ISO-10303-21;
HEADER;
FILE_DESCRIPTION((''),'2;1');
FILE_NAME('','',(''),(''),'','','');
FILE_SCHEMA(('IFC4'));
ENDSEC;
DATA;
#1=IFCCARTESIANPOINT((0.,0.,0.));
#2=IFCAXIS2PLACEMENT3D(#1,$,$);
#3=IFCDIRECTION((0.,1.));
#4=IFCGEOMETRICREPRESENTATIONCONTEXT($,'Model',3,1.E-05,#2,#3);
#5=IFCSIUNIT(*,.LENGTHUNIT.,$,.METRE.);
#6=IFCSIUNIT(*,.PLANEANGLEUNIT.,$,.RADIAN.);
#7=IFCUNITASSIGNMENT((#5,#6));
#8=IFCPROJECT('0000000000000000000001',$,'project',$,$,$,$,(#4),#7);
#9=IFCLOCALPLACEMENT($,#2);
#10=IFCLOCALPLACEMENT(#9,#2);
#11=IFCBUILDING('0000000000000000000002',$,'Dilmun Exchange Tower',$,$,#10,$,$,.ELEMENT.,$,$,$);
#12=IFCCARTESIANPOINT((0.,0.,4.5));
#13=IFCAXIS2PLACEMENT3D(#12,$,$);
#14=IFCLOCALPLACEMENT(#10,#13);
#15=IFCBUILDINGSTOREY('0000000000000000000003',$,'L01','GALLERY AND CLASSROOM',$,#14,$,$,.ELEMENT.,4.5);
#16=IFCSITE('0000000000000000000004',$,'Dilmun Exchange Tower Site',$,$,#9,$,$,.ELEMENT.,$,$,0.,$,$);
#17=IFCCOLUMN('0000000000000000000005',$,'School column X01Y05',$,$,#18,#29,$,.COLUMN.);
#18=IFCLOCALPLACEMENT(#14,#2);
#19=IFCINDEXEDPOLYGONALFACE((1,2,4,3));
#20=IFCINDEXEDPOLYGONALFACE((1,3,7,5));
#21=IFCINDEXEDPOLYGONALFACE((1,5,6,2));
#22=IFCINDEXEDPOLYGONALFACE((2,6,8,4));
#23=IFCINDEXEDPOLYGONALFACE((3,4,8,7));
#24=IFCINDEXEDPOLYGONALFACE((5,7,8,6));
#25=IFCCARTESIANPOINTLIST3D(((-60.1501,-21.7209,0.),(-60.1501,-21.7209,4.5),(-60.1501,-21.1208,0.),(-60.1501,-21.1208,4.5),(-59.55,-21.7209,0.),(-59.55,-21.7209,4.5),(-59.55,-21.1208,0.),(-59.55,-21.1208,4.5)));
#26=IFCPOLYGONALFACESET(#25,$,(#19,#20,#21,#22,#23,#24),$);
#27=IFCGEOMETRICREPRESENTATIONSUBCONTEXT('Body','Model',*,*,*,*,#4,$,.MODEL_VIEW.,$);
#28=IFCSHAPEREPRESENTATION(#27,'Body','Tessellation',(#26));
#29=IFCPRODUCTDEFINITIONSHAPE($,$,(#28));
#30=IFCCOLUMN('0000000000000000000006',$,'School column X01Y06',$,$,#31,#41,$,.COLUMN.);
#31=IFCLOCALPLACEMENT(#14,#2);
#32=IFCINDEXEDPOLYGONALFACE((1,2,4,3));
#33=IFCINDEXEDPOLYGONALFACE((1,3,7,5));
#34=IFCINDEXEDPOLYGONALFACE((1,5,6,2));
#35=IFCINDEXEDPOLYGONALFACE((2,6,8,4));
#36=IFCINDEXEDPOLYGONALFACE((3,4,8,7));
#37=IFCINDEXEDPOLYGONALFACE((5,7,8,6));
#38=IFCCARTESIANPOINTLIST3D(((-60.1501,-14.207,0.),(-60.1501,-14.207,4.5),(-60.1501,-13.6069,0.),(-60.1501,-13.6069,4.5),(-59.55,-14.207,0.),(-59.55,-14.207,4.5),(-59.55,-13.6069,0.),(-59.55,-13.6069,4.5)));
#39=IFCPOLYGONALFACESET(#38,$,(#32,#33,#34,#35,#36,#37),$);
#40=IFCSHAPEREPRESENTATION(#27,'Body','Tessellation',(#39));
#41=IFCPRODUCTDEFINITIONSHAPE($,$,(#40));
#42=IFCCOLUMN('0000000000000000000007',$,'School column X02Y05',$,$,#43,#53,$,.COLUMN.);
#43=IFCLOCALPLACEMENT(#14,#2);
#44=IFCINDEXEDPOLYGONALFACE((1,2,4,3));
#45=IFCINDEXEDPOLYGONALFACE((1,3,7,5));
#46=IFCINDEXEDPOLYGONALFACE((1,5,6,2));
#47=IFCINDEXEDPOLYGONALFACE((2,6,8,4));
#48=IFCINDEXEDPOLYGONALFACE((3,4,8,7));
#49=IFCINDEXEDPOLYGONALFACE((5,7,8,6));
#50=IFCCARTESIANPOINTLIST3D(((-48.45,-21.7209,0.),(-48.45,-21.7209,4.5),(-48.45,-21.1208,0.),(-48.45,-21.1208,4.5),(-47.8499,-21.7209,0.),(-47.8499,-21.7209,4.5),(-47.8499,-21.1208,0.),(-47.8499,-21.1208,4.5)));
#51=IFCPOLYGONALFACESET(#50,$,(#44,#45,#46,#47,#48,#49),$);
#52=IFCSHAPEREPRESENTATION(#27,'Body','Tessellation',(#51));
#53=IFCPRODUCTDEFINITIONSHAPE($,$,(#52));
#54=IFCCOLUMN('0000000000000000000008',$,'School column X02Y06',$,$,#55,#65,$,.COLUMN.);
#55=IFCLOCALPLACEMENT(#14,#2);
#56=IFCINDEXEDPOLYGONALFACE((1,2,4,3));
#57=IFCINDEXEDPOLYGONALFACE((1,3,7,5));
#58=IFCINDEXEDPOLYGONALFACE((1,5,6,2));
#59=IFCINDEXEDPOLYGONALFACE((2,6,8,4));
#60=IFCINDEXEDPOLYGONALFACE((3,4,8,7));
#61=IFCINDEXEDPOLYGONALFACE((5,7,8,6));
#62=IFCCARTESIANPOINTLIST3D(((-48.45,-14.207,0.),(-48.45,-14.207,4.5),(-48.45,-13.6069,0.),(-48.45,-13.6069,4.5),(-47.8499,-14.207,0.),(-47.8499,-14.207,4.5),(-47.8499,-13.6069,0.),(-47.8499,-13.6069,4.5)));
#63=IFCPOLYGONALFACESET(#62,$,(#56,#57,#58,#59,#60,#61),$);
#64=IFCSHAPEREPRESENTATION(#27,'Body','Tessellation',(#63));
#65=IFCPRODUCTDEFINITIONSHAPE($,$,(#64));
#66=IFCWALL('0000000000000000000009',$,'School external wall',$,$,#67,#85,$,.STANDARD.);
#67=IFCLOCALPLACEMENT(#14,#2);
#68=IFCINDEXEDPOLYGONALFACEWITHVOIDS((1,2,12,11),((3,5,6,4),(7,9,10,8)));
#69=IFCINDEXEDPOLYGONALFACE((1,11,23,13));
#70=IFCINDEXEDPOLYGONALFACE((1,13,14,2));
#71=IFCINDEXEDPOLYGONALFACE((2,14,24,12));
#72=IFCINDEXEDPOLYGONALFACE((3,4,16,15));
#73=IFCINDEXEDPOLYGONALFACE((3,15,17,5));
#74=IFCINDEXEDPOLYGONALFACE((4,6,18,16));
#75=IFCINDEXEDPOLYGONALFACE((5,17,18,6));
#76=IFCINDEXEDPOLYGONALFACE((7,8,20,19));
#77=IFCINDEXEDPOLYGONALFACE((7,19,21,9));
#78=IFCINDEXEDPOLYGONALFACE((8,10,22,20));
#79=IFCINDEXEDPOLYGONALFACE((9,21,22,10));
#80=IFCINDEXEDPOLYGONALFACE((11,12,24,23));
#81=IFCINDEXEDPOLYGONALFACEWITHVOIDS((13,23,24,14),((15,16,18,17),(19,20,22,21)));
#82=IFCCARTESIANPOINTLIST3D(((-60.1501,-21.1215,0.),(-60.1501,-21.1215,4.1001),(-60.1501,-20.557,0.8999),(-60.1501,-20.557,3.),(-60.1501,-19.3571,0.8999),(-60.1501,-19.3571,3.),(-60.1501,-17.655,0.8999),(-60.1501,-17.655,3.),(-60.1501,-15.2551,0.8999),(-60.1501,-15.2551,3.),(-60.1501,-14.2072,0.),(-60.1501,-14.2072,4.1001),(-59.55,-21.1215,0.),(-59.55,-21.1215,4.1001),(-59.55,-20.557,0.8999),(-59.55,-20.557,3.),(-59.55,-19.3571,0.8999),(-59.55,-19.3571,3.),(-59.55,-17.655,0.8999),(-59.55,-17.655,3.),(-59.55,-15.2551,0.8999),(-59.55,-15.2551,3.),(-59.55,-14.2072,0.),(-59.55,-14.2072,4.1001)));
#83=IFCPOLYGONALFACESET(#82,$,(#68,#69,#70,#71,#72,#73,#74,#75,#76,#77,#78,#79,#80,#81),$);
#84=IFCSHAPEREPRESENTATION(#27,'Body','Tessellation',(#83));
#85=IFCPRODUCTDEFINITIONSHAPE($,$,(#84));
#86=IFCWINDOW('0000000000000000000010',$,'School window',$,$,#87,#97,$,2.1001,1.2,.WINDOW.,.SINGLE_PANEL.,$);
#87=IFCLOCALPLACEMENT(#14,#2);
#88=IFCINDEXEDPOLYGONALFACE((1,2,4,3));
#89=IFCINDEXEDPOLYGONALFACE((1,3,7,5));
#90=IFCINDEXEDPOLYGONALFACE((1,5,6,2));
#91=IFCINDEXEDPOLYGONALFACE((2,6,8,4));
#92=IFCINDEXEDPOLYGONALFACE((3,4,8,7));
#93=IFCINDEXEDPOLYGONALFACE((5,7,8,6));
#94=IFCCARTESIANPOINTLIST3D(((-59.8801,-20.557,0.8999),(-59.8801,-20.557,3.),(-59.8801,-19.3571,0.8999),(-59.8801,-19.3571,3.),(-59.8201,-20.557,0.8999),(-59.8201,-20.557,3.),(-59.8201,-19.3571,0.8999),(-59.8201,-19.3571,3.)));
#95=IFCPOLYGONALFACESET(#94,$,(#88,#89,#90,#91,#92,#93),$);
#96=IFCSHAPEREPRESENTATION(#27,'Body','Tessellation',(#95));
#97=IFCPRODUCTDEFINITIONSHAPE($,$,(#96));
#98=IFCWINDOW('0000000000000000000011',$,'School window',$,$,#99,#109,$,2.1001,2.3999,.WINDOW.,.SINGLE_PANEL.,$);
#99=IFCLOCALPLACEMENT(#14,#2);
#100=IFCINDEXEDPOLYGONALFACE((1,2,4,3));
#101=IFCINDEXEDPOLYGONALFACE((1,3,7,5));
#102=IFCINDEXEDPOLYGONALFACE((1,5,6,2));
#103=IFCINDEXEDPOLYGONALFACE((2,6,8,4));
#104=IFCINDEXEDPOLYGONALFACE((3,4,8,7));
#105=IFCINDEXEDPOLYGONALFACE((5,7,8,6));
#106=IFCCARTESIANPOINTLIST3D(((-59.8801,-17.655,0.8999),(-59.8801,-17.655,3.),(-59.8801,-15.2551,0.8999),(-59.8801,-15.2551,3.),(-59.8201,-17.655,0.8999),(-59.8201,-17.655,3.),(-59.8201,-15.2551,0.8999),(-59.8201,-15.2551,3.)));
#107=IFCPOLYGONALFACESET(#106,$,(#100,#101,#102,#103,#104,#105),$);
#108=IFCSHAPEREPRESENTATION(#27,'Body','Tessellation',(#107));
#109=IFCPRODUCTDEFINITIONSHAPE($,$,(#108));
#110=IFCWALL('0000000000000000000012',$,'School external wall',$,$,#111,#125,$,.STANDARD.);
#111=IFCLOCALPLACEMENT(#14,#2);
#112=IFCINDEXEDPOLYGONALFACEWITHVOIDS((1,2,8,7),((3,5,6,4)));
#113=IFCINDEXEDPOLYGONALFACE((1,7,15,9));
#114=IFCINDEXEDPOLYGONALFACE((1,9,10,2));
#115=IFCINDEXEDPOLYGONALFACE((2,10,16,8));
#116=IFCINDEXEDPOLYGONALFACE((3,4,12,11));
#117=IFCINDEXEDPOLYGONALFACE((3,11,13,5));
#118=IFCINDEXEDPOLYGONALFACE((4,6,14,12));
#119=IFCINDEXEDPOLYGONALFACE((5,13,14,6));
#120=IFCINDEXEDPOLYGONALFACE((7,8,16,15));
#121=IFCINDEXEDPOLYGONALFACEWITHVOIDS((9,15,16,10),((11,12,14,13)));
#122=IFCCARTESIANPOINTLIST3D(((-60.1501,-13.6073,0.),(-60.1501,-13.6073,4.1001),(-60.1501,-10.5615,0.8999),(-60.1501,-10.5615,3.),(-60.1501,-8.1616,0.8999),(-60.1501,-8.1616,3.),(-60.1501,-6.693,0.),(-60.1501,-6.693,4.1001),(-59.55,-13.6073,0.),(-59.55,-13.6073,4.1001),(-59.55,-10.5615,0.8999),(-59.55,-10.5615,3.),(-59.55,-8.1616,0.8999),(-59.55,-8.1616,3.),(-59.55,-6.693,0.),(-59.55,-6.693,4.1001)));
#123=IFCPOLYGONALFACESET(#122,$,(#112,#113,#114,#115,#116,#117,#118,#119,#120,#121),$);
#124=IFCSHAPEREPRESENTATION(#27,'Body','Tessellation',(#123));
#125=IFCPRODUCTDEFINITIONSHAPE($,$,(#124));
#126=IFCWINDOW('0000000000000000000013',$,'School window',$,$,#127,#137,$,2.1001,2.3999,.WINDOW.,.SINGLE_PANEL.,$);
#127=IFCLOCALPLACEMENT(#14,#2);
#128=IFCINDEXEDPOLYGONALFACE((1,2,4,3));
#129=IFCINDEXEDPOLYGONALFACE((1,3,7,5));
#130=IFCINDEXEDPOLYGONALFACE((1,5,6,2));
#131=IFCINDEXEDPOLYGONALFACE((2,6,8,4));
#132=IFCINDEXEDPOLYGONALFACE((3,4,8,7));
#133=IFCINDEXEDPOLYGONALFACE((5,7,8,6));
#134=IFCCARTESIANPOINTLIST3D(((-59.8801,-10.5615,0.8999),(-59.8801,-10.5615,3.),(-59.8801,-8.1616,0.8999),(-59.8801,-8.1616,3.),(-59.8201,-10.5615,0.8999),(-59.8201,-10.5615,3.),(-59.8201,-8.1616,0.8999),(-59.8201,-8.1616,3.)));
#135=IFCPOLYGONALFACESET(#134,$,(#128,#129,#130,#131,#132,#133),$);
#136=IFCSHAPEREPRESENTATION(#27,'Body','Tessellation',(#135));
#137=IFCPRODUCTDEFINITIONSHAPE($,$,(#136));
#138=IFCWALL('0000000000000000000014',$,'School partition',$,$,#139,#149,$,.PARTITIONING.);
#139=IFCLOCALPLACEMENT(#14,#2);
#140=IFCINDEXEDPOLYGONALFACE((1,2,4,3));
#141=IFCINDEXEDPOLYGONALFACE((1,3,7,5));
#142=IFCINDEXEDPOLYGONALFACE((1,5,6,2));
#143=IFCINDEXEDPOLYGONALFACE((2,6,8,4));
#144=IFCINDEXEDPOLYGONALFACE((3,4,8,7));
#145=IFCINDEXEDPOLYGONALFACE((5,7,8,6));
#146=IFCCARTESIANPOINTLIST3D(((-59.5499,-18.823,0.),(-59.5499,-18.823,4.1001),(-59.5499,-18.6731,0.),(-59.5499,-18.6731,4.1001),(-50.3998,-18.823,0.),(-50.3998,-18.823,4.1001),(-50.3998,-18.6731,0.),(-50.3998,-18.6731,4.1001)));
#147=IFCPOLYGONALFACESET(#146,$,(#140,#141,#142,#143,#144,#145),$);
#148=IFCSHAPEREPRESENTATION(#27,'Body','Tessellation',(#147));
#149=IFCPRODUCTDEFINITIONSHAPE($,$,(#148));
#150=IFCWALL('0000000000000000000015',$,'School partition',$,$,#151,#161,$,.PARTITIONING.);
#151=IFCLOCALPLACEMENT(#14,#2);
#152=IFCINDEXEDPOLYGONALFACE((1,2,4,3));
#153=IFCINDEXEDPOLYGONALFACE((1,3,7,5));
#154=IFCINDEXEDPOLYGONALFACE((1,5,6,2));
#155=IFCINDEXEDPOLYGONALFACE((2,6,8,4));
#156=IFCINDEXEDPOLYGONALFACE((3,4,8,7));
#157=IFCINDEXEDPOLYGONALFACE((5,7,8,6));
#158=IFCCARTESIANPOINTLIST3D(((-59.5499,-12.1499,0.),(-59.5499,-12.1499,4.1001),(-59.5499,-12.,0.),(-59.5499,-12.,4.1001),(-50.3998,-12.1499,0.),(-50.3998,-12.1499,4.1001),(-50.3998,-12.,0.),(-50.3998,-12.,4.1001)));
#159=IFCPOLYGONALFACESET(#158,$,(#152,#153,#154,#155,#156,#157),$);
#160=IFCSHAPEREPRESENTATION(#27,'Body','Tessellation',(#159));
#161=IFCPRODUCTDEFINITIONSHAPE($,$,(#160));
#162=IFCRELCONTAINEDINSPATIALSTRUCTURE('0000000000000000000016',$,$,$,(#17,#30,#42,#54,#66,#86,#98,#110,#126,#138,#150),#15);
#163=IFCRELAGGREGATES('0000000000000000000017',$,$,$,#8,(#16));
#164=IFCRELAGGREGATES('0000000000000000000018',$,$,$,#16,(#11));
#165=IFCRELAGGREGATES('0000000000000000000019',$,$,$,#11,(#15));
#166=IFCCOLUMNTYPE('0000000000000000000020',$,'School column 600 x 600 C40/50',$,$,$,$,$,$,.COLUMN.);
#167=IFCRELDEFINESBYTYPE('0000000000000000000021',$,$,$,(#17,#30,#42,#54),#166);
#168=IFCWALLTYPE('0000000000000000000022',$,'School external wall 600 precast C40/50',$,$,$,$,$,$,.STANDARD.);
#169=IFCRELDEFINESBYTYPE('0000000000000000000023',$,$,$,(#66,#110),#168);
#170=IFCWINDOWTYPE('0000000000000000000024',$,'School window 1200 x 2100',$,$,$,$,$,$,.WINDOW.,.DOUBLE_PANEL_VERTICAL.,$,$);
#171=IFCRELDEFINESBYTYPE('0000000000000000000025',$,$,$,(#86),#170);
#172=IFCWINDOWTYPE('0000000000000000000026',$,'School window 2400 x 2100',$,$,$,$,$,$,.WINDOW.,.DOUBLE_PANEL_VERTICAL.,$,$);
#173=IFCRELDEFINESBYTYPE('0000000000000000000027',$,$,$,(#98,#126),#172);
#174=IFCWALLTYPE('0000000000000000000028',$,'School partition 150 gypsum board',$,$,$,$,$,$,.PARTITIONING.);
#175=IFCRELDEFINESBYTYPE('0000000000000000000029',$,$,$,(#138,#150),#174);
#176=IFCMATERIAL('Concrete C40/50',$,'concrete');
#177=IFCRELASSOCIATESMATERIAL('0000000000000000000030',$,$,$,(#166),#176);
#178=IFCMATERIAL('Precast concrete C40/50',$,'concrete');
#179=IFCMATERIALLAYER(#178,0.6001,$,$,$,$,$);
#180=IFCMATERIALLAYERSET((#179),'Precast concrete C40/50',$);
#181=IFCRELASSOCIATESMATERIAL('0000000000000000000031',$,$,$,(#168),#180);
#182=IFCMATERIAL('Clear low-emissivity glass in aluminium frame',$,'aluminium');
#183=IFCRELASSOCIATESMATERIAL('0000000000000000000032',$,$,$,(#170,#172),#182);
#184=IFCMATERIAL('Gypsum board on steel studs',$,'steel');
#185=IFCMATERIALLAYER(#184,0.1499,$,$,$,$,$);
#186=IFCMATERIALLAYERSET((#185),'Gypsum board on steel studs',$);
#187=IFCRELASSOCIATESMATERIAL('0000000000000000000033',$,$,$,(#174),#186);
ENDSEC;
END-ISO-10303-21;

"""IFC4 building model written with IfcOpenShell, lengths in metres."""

from ifc_helpers import new_model, si_unit, direction, frame, frame_2d, origin, origin_2d, place, context, subcontext, project, spatial, rectangle, extrude, material, layer, layer_set, material_profile, profile_set, type_object, element, fill, save


model = new_model("IFC4")

# Units and contexts
model_context = context("Model", 3, precision=1e-05, world=origin(), true_north=direction((0.0, 1.0)))
body_context = subcontext(model_context, "Body", "Model", "MODEL_VIEW")
ifc_project = project(units=[si_unit("LENGTHUNIT", "METRE"), si_unit("PLANEANGLEUNIT", "RADIAN")], contexts=[model_context])

# Site, building, storey
site_placement = place(None, origin())
site = spatial("IfcSite", under=ifc_project, at=site_placement, Name="Dilmun Exchange Tower Site", CompositionType="ELEMENT", RefElevation=0.0)
building_placement = place(site_placement, origin())
building = spatial("IfcBuilding", under=site, at=building_placement, Name="Dilmun Exchange Tower", CompositionType="ELEMENT")
storey_placement = place(building_placement, frame((0.0, 0.0, 4.5)))
storey = spatial("IfcBuildingStorey", under=building, at=storey_placement, Name="L01", Description="GALLERY AND CLASSROOM", CompositionType="ELEMENT", Elevation=4.5)

# Columns
ifc_material_1 = material(Name="Concrete C40/50", Category="concrete")
ifc_material_profile = material_profile(ifc_material_1, rectangle(XDim=0.6001, YDim=0.6001, at=origin_2d()), Name="600 x 600")
ifc_profile_set = profile_set([ifc_material_profile], Name="Concrete C40/50")
column_type = type_object("IfcColumnType", Name="School column 600 x 600 C40/50", PredefinedType="COLUMN", material=ifc_profile_set)
for number, where, z_axis, x_axis, name in (
    (1, (-59.8501, -21.4209, 0.0), (0.0, 0.0, 1.0), (1.0, 0.0, 0.0), "School column X01Y05"),
    (2, (-59.8501, -13.907, 0.0), (0.0, 0.0, 1.0), (1.0, 0.0, 0.0), "School column X01Y06"),
    (3, (-48.1499, -21.4209, 0.0), (0.0, 0.0, 1.0), (1.0, 0.0, 0.0), "School column X02Y05"),
    (4, (-48.1499, -13.907, 0.0), (0.0, 0.0, 1.0), (1.0, 0.0, 0.0), "School column X02Y06"),
):
    element("IfcColumn", number, at=place(storey_placement, frame(where, z_axis=z_axis, x_axis=x_axis)), inside=storey, type_object=column_type, Name=name, PredefinedType="COLUMN", context=body_context, shape_type="SweptSolid", body=[
        extrude(rectangle(XDim=0.6001, YDim=0.6001, at=origin_2d()), origin(), (0.0, 0.0, 1.0), 4.5),
    ])

# Wall, openings, windows
ifc_material_2 = material(Name="Precast concrete C40/50", Category="concrete")
ifc_layer_1 = layer(ifc_material_2, 0.6001)
ifc_layer_set_1 = layer_set([ifc_layer_1], Name="Precast concrete C40/50")
wall_type_1 = type_object("IfcWallType", Name="School external wall 600 precast C40/50", PredefinedType="STANDARD", material=ifc_layer_set_1)
wall_1_placement = place(storey_placement, frame((-59.8501, -21.1213, 0.0), z_axis=(0.0, 0.0, 1.0), x_axis=(0.0, 1.0, 0.0)))
wall_1 = element("IfcWall", 5, at=wall_1_placement, inside=storey, type_object=wall_type_1, Name="School external wall", PredefinedType="STANDARD", context=body_context, shape_type="SweptSolid", body=[
    extrude(rectangle(XDim=6.9143, YDim=0.6001, at=frame_2d((3.457, 0.0))), origin(), (0.0, 0.0, 1.0), 4.1001),
])
opening_1_placement = place(wall_1_placement, frame((0.5642, 0.0, 0.8999)))
opening_1 = element("IfcOpeningElement", 6, at=opening_1_placement, cuts=wall_1, PredefinedType="OPENING", context=body_context, shape_type="SweptSolid", body=[
    extrude(rectangle(XDim=1.2, YDim=2.1001, at=frame_2d((0.6001, 1.05))), frame((0.0, 0.3101, 0.0), z_axis=(0.0, -1.0, 0.0), x_axis=(1.0, 0.0, 0.0)), (0.0, 0.0, 1.0), 0.6201),
])
opening_2_placement = place(wall_1_placement, frame((3.4663, 0.0, 0.8999)))
opening_2 = element("IfcOpeningElement", 7, at=opening_2_placement, cuts=wall_1, PredefinedType="OPENING", context=body_context, shape_type="SweptSolid", body=[
    extrude(rectangle(XDim=2.3999, YDim=2.1001, at=frame_2d((1.2, 1.05))), frame((0.0, 0.3101, 0.0), z_axis=(0.0, -1.0, 0.0), x_axis=(1.0, 0.0, 0.0)), (0.0, 0.0, 1.0), 0.6201),
])
ifc_material_3 = material(Name="Clear low-emissivity glass in aluminium frame", Category="aluminium")
window_type_1 = type_object("IfcWindowType", Name="School window 1200 x 2100", PartitioningType="DOUBLE_PANEL_VERTICAL", PredefinedType="WINDOW", material=ifc_material_3)
window_1_placement = place(opening_1_placement, origin())
window_1 = element("IfcWindow", 8, at=window_1_placement, inside=storey, type_object=window_type_1, Name="School window", OverallHeight=2.1001, OverallWidth=1.2, PartitioningType="SINGLE_PANEL", PredefinedType="WINDOW", context=body_context, shape_type="SweptSolid", body=[
    extrude(rectangle(XDim=1.2, YDim=2.1001, at=frame_2d((0.6001, 1.05))), frame((0.0, 0.03, 0.0), z_axis=(0.0, -1.0, 0.0), x_axis=(1.0, 0.0, 0.0)), (0.0, 0.0, 1.0), 0.0601),
])
fill(opening_1, window_1)
window_type_2 = type_object("IfcWindowType", Name="School window 2400 x 2100", PartitioningType="DOUBLE_PANEL_VERTICAL", PredefinedType="WINDOW", material=ifc_material_3)
window_2_placement = place(opening_2_placement, origin())
window_2 = element("IfcWindow", 9, at=window_2_placement, inside=storey, type_object=window_type_2, Name="School window", OverallHeight=2.1001, OverallWidth=2.3999, PartitioningType="SINGLE_PANEL", PredefinedType="WINDOW", context=body_context, shape_type="SweptSolid", body=[
    extrude(rectangle(XDim=2.3999, YDim=2.1001, at=frame_2d((1.2, 1.05))), frame((0.0, 0.03, 0.0), z_axis=(0.0, -1.0, 0.0), x_axis=(1.0, 0.0, 0.0)), (0.0, 0.0, 1.0), 0.0601),
])
fill(opening_2, window_2)

# Wall, opening, window
wall_2_placement = place(storey_placement, frame((-59.8501, -13.6072, 0.0), z_axis=(0.0, 0.0, 1.0), x_axis=(0.0, 1.0, 0.0)))
wall_2 = element("IfcWall", 10, at=wall_2_placement, inside=storey, type_object=wall_type_1, Name="School external wall", PredefinedType="STANDARD", context=body_context, shape_type="SweptSolid", body=[
    extrude(rectangle(XDim=6.9143, YDim=0.6001, at=frame_2d((3.457, 0.0))), origin(), (0.0, 0.0, 1.0), 4.1001),
])
opening_3_placement = place(wall_2_placement, frame((3.0457, 0.0, 0.8999)))
opening_3 = element("IfcOpeningElement", 11, at=opening_3_placement, cuts=wall_2, PredefinedType="OPENING", context=body_context, shape_type="SweptSolid", body=[
    extrude(rectangle(XDim=2.3999, YDim=2.1001, at=frame_2d((1.2, 1.05))), frame((0.0, 0.3101, 0.0), z_axis=(0.0, -1.0, 0.0), x_axis=(1.0, 0.0, 0.0)), (0.0, 0.0, 1.0), 0.6201),
])
window_3_placement = place(opening_3_placement, origin())
window_3 = element("IfcWindow", 12, at=window_3_placement, inside=storey, type_object=window_type_2, Name="School window", OverallHeight=2.1001, OverallWidth=2.3999, PartitioningType="SINGLE_PANEL", PredefinedType="WINDOW", context=body_context, shape_type="SweptSolid", body=[
    extrude(rectangle(XDim=2.3999, YDim=2.1001, at=frame_2d((1.2, 1.05))), frame((0.0, 0.03, 0.0), z_axis=(0.0, -1.0, 0.0), x_axis=(1.0, 0.0, 0.0)), (0.0, 0.0, 1.0), 0.0601),
])
fill(opening_3, window_3)

# Walls
ifc_material_4 = material(Name="Gypsum board on steel studs", Category="steel")
ifc_layer_2 = layer(ifc_material_4, 0.1499)
ifc_layer_set_2 = layer_set([ifc_layer_2], Name="Gypsum board on steel studs")
wall_type_2 = type_object("IfcWallType", Name="School partition 150 gypsum board", PredefinedType="PARTITIONING", material=ifc_layer_set_2)
for number, where, z_axis, x_axis, name in (
    (13, (-59.55, -18.748, 0.0), (0.0, 0.0, 1.0), (1.0, 0.0, 0.0), "School partition"),
    (14, (-59.55, -12.075, 0.0), (0.0, 0.0, 1.0), (1.0, 0.0, 0.0), "School partition"),
):
    element("IfcWall", number, at=place(storey_placement, frame(where, z_axis=z_axis, x_axis=x_axis)), inside=storey, type_object=wall_type_2, Name=name, PredefinedType="PARTITIONING", context=body_context, shape_type="SweptSolid", body=[
        extrude(rectangle(XDim=9.1501, YDim=0.1499, at=frame_2d((4.5752, 0.0))), origin(), (0.0, 0.0, 1.0), 4.1001),
    ])

save(model, "model.ifc")
